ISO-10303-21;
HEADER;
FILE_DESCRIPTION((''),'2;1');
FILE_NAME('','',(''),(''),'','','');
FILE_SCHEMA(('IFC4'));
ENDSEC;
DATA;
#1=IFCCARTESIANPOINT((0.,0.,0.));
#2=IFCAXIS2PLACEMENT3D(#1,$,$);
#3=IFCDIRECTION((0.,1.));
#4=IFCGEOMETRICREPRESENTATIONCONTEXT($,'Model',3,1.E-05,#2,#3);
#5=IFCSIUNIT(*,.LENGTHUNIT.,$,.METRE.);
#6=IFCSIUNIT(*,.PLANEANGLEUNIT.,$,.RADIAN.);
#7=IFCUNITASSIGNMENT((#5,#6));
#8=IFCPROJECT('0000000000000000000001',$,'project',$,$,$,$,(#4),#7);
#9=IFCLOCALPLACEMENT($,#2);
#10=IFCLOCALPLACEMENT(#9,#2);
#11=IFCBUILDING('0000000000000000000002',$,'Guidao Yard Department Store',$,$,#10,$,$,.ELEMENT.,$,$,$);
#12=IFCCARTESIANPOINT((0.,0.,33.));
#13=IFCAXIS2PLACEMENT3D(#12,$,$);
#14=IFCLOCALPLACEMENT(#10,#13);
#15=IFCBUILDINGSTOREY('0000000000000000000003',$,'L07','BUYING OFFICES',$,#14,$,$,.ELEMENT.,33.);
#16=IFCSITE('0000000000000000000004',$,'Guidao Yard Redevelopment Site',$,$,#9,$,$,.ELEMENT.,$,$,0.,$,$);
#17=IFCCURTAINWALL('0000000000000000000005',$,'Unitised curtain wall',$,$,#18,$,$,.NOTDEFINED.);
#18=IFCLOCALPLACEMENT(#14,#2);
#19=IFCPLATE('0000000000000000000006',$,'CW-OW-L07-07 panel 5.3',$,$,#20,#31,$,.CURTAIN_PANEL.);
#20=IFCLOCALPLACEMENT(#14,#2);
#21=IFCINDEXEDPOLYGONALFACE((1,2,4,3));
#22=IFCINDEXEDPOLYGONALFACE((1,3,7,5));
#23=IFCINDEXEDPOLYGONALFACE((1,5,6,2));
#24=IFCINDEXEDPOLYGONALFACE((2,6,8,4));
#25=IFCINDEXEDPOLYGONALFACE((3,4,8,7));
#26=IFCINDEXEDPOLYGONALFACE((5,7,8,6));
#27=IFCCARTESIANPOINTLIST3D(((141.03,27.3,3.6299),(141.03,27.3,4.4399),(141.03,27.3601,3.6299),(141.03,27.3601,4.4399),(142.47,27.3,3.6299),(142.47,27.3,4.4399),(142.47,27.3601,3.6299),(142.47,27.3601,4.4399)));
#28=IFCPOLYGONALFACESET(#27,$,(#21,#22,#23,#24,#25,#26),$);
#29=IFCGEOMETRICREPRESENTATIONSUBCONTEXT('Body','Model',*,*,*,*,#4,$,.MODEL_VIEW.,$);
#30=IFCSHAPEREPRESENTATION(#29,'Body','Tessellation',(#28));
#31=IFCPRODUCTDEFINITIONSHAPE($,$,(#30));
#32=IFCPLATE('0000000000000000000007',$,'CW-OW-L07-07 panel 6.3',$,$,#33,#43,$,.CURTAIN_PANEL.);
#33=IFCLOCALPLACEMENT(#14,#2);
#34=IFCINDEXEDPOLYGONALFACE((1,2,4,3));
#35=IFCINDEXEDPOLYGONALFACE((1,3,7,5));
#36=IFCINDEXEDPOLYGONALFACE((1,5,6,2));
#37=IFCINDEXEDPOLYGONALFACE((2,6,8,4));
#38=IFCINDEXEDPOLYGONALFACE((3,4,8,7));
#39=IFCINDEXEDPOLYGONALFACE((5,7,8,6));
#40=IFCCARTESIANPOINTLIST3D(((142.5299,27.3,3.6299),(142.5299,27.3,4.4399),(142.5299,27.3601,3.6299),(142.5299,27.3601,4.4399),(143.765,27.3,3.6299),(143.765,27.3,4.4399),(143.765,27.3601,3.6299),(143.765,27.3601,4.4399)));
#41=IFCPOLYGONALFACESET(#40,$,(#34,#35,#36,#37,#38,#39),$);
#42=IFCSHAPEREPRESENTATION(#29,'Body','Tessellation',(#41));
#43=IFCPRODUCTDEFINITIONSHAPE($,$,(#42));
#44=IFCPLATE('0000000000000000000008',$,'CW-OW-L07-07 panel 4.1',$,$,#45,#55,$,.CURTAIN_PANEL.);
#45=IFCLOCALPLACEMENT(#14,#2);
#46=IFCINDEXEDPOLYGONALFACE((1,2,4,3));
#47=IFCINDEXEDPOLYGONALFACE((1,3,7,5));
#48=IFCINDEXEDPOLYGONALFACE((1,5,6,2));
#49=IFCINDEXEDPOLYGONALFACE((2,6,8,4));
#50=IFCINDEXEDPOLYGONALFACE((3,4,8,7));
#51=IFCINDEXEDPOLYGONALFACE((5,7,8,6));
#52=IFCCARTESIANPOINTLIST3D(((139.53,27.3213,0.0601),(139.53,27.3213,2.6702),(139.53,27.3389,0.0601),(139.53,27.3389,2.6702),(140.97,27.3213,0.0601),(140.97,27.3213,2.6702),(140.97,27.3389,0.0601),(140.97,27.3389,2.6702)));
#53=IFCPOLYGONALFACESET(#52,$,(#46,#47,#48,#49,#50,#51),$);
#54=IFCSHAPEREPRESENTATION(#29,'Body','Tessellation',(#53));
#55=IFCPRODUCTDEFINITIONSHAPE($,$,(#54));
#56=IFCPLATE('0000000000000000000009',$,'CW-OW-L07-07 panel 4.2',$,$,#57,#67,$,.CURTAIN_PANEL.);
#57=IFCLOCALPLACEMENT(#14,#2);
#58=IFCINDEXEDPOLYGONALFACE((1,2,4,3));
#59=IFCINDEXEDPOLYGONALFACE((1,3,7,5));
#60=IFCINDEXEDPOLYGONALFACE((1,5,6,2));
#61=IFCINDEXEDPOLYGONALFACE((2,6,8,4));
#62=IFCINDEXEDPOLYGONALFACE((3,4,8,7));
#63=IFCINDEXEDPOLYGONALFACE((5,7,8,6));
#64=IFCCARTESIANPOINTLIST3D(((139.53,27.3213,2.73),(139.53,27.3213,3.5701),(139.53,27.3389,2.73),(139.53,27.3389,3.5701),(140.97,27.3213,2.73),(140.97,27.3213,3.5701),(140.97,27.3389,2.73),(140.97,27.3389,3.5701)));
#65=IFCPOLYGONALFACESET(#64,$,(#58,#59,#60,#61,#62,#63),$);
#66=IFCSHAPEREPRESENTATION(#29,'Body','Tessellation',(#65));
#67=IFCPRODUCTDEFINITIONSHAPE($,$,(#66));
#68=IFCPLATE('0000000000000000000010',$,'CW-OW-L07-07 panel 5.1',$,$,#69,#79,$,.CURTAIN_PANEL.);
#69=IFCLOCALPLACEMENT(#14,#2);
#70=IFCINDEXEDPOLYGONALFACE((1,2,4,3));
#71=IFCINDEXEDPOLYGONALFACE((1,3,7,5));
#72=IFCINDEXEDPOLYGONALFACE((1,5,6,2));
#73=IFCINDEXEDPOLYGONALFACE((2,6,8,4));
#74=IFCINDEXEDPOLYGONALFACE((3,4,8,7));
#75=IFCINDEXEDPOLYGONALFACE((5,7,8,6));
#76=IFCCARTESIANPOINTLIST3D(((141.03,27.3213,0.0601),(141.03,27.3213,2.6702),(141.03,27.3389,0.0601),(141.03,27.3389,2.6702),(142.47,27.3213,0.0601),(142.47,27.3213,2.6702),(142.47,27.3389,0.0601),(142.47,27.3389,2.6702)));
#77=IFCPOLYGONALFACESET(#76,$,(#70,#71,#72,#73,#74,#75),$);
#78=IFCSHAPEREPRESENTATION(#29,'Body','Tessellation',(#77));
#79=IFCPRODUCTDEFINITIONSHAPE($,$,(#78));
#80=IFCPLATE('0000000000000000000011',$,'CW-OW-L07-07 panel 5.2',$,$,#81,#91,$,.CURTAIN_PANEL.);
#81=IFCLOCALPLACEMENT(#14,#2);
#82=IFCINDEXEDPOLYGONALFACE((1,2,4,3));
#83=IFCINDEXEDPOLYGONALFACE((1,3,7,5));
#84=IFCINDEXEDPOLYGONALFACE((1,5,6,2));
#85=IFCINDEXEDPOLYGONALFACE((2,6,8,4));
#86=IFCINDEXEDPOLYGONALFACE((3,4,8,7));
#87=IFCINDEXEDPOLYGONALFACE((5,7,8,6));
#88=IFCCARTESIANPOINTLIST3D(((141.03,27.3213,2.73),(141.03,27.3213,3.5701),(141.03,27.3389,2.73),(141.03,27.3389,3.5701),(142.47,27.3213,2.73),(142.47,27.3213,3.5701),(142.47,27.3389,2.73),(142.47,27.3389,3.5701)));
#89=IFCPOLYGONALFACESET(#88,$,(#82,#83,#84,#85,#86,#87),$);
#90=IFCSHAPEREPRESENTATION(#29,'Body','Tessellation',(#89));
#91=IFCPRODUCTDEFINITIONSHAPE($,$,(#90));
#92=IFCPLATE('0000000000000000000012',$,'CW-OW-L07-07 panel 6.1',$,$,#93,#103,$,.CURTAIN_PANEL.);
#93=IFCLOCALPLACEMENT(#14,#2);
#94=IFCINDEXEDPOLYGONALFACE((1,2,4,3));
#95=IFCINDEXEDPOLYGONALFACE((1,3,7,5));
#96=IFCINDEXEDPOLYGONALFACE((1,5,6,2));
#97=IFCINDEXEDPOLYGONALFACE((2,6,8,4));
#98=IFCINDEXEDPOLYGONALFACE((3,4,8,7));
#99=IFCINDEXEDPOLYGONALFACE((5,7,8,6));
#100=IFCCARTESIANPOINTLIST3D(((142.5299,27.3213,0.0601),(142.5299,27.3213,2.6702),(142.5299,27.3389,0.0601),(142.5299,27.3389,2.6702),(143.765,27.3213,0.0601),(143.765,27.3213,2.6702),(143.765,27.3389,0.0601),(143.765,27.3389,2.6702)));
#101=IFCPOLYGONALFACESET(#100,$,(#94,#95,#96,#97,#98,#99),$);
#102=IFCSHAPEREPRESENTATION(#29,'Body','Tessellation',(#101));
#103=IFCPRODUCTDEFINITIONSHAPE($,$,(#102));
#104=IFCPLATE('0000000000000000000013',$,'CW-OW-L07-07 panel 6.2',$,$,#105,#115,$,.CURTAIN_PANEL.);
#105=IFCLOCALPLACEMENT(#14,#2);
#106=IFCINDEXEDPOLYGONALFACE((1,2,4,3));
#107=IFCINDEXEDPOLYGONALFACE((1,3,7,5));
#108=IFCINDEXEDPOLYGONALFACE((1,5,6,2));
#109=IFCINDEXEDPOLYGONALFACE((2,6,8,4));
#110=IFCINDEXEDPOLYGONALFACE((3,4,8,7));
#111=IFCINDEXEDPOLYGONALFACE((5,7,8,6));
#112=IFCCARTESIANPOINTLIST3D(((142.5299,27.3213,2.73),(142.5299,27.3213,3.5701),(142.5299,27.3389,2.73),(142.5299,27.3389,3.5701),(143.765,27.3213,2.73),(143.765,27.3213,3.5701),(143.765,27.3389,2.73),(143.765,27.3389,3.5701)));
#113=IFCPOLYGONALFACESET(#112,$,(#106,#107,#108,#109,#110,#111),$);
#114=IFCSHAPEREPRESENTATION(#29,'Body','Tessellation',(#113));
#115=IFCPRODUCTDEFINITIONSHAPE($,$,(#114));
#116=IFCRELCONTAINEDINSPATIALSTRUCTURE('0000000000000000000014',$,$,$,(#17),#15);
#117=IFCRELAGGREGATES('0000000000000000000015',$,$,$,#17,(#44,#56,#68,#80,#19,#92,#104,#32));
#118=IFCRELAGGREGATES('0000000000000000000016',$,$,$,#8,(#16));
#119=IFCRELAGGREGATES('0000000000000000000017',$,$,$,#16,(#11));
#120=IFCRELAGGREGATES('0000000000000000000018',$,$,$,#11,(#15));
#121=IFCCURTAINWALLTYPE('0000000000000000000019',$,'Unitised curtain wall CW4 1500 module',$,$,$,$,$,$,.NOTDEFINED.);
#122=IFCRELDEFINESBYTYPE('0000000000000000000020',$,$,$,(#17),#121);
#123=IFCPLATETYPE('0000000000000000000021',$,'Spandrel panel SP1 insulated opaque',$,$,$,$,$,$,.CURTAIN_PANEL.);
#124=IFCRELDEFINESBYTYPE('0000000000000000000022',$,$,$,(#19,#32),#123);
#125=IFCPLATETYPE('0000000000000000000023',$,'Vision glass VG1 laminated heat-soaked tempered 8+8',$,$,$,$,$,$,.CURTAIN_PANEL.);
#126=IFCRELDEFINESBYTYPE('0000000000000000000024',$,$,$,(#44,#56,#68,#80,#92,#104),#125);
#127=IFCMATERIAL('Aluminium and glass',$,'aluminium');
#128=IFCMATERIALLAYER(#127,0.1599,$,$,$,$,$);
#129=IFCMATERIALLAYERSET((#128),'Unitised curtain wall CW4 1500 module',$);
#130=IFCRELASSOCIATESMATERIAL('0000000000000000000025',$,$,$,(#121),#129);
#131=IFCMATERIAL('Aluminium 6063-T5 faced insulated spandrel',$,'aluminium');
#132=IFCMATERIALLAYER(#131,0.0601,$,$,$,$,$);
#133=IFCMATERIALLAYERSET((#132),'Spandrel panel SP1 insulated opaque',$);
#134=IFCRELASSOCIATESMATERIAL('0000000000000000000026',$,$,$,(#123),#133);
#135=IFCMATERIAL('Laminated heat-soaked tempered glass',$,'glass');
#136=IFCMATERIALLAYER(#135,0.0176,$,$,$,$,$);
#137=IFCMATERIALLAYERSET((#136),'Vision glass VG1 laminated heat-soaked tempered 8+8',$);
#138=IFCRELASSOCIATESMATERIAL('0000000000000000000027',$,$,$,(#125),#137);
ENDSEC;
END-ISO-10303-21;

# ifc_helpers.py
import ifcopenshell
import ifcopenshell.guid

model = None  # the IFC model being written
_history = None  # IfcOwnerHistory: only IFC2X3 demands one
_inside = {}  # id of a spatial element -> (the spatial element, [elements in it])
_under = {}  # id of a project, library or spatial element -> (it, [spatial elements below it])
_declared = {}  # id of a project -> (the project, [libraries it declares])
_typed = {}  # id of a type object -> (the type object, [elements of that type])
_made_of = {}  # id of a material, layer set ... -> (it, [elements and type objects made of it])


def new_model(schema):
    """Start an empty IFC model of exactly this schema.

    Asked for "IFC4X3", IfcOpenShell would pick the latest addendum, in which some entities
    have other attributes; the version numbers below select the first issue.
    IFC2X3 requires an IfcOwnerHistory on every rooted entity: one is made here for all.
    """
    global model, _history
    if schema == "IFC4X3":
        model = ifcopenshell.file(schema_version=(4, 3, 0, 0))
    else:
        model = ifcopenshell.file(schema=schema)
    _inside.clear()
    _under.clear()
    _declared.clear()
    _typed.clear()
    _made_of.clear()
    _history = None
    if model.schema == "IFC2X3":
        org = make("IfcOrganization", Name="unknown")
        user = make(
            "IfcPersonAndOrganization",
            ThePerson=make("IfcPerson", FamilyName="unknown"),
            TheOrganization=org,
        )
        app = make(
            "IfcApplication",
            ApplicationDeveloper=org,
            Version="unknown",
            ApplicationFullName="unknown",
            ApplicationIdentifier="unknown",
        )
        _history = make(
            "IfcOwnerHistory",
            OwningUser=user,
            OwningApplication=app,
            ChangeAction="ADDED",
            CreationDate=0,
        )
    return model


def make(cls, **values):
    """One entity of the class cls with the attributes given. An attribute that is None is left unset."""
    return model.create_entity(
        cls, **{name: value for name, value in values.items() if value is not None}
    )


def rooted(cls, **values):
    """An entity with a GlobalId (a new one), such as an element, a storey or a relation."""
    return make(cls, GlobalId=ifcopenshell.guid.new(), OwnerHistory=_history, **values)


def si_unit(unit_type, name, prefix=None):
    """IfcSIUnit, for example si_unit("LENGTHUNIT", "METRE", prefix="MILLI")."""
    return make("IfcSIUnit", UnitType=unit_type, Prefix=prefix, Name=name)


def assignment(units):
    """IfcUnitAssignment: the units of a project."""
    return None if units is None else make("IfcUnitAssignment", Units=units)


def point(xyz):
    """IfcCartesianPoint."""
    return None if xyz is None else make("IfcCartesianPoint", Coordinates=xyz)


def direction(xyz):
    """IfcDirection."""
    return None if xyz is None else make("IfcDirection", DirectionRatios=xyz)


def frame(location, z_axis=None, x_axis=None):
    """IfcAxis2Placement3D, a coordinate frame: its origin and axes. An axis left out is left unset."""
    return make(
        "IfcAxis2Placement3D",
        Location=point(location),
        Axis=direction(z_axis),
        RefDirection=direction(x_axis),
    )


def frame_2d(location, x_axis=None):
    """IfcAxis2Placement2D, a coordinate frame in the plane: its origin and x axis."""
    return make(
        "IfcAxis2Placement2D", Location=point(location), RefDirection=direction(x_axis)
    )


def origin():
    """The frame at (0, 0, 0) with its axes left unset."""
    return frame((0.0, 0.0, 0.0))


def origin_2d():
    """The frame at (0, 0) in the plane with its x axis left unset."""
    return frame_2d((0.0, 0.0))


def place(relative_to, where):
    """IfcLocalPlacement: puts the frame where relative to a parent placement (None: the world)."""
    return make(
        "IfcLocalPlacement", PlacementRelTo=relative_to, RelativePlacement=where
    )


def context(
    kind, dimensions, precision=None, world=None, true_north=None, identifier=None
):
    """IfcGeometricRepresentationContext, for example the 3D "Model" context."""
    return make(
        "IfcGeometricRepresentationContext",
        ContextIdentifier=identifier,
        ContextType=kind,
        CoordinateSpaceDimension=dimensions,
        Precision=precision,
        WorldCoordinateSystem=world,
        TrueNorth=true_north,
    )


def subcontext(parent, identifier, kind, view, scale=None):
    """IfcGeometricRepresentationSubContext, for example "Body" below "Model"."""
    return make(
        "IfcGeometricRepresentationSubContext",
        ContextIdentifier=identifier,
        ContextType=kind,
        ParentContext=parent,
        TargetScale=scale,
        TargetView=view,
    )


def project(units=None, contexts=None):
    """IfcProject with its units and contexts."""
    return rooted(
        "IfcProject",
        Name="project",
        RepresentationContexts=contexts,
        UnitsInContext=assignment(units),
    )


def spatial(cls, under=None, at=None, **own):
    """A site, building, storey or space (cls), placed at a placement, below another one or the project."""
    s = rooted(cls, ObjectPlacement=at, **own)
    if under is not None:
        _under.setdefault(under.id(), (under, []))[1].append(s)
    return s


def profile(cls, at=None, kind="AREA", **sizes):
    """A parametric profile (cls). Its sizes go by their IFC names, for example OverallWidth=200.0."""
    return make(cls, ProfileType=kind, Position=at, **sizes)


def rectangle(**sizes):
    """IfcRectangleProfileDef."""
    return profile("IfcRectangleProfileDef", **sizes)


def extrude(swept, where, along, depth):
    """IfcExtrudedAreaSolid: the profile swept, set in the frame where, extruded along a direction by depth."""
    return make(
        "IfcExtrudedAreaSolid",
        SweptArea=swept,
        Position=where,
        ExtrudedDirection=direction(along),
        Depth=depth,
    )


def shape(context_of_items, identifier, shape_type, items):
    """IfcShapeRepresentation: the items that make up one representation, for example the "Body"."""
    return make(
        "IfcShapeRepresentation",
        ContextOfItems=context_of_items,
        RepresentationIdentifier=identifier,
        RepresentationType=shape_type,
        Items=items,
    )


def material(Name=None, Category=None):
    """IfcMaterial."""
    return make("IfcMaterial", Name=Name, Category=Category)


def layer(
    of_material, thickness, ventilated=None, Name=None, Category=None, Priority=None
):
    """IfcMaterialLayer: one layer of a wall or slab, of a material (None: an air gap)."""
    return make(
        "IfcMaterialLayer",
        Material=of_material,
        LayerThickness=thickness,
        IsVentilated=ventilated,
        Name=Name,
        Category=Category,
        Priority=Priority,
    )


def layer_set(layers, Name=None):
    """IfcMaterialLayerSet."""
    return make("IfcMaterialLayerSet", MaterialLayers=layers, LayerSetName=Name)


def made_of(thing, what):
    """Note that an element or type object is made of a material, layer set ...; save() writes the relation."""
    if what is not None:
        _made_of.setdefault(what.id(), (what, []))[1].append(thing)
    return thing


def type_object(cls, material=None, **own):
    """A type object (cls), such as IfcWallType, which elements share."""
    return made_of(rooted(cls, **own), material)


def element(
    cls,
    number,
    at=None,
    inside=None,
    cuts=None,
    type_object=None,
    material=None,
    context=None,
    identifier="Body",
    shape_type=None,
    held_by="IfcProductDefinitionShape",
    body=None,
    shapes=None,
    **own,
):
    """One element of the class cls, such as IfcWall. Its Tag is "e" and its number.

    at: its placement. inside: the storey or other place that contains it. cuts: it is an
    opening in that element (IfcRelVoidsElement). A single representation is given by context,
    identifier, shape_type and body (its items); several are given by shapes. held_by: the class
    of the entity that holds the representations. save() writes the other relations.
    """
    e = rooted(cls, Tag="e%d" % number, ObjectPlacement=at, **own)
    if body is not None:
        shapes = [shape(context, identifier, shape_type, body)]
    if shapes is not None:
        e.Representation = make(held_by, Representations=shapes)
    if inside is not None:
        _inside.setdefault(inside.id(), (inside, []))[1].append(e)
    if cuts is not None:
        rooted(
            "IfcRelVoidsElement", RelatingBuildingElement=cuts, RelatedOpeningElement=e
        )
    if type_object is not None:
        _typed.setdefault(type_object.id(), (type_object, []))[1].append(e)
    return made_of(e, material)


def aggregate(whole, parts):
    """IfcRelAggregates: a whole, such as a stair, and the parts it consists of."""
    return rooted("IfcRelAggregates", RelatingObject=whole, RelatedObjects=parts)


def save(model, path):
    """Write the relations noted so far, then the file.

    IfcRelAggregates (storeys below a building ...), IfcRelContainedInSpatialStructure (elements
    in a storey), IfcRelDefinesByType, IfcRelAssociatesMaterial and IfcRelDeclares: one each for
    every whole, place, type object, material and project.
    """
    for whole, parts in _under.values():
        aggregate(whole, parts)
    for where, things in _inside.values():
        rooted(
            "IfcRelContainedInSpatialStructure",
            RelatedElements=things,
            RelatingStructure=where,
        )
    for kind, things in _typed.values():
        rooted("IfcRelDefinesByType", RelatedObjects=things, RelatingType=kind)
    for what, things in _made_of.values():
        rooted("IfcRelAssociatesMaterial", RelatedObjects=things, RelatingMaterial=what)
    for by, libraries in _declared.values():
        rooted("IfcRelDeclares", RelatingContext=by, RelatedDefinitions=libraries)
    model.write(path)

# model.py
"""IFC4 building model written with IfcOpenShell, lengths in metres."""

from ifc_helpers import new_model, si_unit, direction, frame, origin, origin_2d, place, context, subcontext, project, spatial, rectangle, extrude, material, layer, layer_set, type_object, element, aggregate, save


model = new_model("IFC4")

# Units and contexts
model_context = context("Model", 3, precision=1e-05, world=origin(), true_north=direction((0.0, 1.0)))
body_context = subcontext(model_context, "Body", "Model", "MODEL_VIEW")
ifc_project = project(units=[si_unit("LENGTHUNIT", "METRE"), si_unit("PLANEANGLEUNIT", "RADIAN")], contexts=[model_context])

# Site, building, storey
site_placement = place(None, origin())
site = spatial("IfcSite", under=ifc_project, at=site_placement, Name="Guidao Yard Redevelopment Site", CompositionType="ELEMENT", RefElevation=0.0)
building_placement = place(site_placement, origin())
building = spatial("IfcBuilding", under=site, at=building_placement, Name="Guidao Yard Department Store", CompositionType="ELEMENT")
storey_placement = place(building_placement, frame((0.0, 0.0, 33.0)))
storey = spatial("IfcBuildingStorey", under=building, at=storey_placement, Name="L07", Description="BUYING OFFICES", CompositionType="ELEMENT", Elevation=33.0)

# Curtain wall, plates
ifc_material_1 = material(Name="Aluminium and glass", Category="aluminium")
ifc_layer_1 = layer(ifc_material_1, 0.1599)
ifc_layer_set_1 = layer_set([ifc_layer_1], Name="Unitised curtain wall CW4 1500 module")
curtain_wall_type = type_object("IfcCurtainWallType", Name="Unitised curtain wall CW4 1500 module", PredefinedType="NOTDEFINED", material=ifc_layer_set_1)
curtain_wall_placement = place(storey_placement, origin())
curtain_wall = element("IfcCurtainWall", 1, at=curtain_wall_placement, inside=storey, type_object=curtain_wall_type, Name="Unitised curtain wall", PredefinedType="NOTDEFINED")
ifc_material_2 = material(Name="Aluminium 6063-T5 faced insulated spandrel", Category="aluminium")
ifc_layer_2 = layer(ifc_material_2, 0.0601)
ifc_layer_set_2 = layer_set([ifc_layer_2], Name="Spandrel panel SP1 insulated opaque")
plate_type_1 = type_object("IfcPlateType", Name="Spandrel panel SP1 insulated opaque", PredefinedType="CURTAIN_PANEL", material=ifc_layer_set_2)
plate_1_placement = place(storey_placement, frame((141.75, 27.3301, 3.6299), z_axis=(0.0, 0.0, 1.0), x_axis=(1.0, 0.0, 0.0)))
plate_1 = element("IfcPlate", 2, at=plate_1_placement, type_object=plate_type_1, Name="CW-OW-L07-07 panel 5.3", PredefinedType="CURTAIN_PANEL", context=body_context, shape_type="SweptSolid", body=[
    extrude(rectangle(XDim=1.4399, YDim=0.0601, at=origin_2d()), origin(), (0.0, 0.0, 1.0), 0.8101),
])
plate_2_placement = place(storey_placement, frame((143.1475, 27.3301, 3.6299), z_axis=(0.0, 0.0, 1.0), x_axis=(1.0, 0.0, 0.0)))
plate_2 = element("IfcPlate", 3, at=plate_2_placement, type_object=plate_type_1, Name="CW-OW-L07-07 panel 6.3", PredefinedType="CURTAIN_PANEL", context=body_context, shape_type="SweptSolid", body=[
    extrude(rectangle(XDim=1.2351, YDim=0.0601, at=origin_2d()), origin(), (0.0, 0.0, 1.0), 0.8101),
])
ifc_material_3 = material(Name="Laminated heat-soaked tempered glass", Category="glass")
ifc_layer_3 = layer(ifc_material_3, 0.0176)
ifc_layer_set_3 = layer_set([ifc_layer_3], Name="Vision glass VG1 laminated heat-soaked tempered 8+8")
plate_type_2 = type_object("IfcPlateType", Name="Vision glass VG1 laminated heat-soaked tempered 8+8", PredefinedType="CURTAIN_PANEL", material=ifc_layer_set_3)
plate_3_placement = place(storey_placement, frame((140.25, 27.3301, 0.0601), z_axis=(0.0, 0.0, 1.0), x_axis=(1.0, 0.0, 0.0)))
plate_3 = element("IfcPlate", 4, at=plate_3_placement, type_object=plate_type_2, Name="CW-OW-L07-07 panel 4.1", PredefinedType="CURTAIN_PANEL", context=body_context, shape_type="SweptSolid", body=[
    extrude(rectangle(XDim=1.4399, YDim=0.0176, at=origin_2d()), origin(), (0.0, 0.0, 1.0), 2.6101),
])
plate_4_placement = place(storey_placement, frame((140.25, 27.3301, 2.73), z_axis=(0.0, 0.0, 1.0), x_axis=(1.0, 0.0, 0.0)))
plate_4 = element("IfcPlate", 5, at=plate_4_placement, type_object=plate_type_2, Name="CW-OW-L07-07 panel 4.2", PredefinedType="CURTAIN_PANEL", context=body_context, shape_type="SweptSolid", body=[
    extrude(rectangle(XDim=1.4399, YDim=0.0176, at=origin_2d()), origin(), (0.0, 0.0, 1.0), 0.8401),
])
plate_5_placement = place(storey_placement, frame((141.75, 27.3301, 0.0601), z_axis=(0.0, 0.0, 1.0), x_axis=(1.0, 0.0, 0.0)))
plate_5 = element("IfcPlate", 6, at=plate_5_placement, type_object=plate_type_2, Name="CW-OW-L07-07 panel 5.1", PredefinedType="CURTAIN_PANEL", context=body_context, shape_type="SweptSolid", body=[
    extrude(rectangle(XDim=1.4399, YDim=0.0176, at=origin_2d()), origin(), (0.0, 0.0, 1.0), 2.6101),
])
plate_6_placement = place(storey_placement, frame((141.75, 27.3301, 2.73), z_axis=(0.0, 0.0, 1.0), x_axis=(1.0, 0.0, 0.0)))
plate_6 = element("IfcPlate", 7, at=plate_6_placement, type_object=plate_type_2, Name="CW-OW-L07-07 panel 5.2", PredefinedType="CURTAIN_PANEL", context=body_context, shape_type="SweptSolid", body=[
    extrude(rectangle(XDim=1.4399, YDim=0.0176, at=origin_2d()), origin(), (0.0, 0.0, 1.0), 0.8401),
])
plate_7_placement = place(storey_placement, frame((143.1475, 27.3301, 0.0601), z_axis=(0.0, 0.0, 1.0), x_axis=(1.0, 0.0, 0.0)))
plate_7 = element("IfcPlate", 8, at=plate_7_placement, type_object=plate_type_2, Name="CW-OW-L07-07 panel 6.1", PredefinedType="CURTAIN_PANEL", context=body_context, shape_type="SweptSolid", body=[
    extrude(rectangle(XDim=1.2351, YDim=0.0176, at=origin_2d()), origin(), (0.0, 0.0, 1.0), 2.6101),
])
plate_8_placement = place(storey_placement, frame((143.1475, 27.3301, 2.73), z_axis=(0.0, 0.0, 1.0), x_axis=(1.0, 0.0, 0.0)))
plate_8 = element("IfcPlate", 9, at=plate_8_placement, type_object=plate_type_2, Name="CW-OW-L07-07 panel 6.2", PredefinedType="CURTAIN_PANEL", context=body_context, shape_type="SweptSolid", body=[
    extrude(rectangle(XDim=1.2351, YDim=0.0176, at=origin_2d()), origin(), (0.0, 0.0, 1.0), 0.8401),
])
aggregate(curtain_wall, [plate_3, plate_4, plate_5, plate_6, plate_1, plate_7, plate_8, plate_2])

save(model, "model.ifc")
